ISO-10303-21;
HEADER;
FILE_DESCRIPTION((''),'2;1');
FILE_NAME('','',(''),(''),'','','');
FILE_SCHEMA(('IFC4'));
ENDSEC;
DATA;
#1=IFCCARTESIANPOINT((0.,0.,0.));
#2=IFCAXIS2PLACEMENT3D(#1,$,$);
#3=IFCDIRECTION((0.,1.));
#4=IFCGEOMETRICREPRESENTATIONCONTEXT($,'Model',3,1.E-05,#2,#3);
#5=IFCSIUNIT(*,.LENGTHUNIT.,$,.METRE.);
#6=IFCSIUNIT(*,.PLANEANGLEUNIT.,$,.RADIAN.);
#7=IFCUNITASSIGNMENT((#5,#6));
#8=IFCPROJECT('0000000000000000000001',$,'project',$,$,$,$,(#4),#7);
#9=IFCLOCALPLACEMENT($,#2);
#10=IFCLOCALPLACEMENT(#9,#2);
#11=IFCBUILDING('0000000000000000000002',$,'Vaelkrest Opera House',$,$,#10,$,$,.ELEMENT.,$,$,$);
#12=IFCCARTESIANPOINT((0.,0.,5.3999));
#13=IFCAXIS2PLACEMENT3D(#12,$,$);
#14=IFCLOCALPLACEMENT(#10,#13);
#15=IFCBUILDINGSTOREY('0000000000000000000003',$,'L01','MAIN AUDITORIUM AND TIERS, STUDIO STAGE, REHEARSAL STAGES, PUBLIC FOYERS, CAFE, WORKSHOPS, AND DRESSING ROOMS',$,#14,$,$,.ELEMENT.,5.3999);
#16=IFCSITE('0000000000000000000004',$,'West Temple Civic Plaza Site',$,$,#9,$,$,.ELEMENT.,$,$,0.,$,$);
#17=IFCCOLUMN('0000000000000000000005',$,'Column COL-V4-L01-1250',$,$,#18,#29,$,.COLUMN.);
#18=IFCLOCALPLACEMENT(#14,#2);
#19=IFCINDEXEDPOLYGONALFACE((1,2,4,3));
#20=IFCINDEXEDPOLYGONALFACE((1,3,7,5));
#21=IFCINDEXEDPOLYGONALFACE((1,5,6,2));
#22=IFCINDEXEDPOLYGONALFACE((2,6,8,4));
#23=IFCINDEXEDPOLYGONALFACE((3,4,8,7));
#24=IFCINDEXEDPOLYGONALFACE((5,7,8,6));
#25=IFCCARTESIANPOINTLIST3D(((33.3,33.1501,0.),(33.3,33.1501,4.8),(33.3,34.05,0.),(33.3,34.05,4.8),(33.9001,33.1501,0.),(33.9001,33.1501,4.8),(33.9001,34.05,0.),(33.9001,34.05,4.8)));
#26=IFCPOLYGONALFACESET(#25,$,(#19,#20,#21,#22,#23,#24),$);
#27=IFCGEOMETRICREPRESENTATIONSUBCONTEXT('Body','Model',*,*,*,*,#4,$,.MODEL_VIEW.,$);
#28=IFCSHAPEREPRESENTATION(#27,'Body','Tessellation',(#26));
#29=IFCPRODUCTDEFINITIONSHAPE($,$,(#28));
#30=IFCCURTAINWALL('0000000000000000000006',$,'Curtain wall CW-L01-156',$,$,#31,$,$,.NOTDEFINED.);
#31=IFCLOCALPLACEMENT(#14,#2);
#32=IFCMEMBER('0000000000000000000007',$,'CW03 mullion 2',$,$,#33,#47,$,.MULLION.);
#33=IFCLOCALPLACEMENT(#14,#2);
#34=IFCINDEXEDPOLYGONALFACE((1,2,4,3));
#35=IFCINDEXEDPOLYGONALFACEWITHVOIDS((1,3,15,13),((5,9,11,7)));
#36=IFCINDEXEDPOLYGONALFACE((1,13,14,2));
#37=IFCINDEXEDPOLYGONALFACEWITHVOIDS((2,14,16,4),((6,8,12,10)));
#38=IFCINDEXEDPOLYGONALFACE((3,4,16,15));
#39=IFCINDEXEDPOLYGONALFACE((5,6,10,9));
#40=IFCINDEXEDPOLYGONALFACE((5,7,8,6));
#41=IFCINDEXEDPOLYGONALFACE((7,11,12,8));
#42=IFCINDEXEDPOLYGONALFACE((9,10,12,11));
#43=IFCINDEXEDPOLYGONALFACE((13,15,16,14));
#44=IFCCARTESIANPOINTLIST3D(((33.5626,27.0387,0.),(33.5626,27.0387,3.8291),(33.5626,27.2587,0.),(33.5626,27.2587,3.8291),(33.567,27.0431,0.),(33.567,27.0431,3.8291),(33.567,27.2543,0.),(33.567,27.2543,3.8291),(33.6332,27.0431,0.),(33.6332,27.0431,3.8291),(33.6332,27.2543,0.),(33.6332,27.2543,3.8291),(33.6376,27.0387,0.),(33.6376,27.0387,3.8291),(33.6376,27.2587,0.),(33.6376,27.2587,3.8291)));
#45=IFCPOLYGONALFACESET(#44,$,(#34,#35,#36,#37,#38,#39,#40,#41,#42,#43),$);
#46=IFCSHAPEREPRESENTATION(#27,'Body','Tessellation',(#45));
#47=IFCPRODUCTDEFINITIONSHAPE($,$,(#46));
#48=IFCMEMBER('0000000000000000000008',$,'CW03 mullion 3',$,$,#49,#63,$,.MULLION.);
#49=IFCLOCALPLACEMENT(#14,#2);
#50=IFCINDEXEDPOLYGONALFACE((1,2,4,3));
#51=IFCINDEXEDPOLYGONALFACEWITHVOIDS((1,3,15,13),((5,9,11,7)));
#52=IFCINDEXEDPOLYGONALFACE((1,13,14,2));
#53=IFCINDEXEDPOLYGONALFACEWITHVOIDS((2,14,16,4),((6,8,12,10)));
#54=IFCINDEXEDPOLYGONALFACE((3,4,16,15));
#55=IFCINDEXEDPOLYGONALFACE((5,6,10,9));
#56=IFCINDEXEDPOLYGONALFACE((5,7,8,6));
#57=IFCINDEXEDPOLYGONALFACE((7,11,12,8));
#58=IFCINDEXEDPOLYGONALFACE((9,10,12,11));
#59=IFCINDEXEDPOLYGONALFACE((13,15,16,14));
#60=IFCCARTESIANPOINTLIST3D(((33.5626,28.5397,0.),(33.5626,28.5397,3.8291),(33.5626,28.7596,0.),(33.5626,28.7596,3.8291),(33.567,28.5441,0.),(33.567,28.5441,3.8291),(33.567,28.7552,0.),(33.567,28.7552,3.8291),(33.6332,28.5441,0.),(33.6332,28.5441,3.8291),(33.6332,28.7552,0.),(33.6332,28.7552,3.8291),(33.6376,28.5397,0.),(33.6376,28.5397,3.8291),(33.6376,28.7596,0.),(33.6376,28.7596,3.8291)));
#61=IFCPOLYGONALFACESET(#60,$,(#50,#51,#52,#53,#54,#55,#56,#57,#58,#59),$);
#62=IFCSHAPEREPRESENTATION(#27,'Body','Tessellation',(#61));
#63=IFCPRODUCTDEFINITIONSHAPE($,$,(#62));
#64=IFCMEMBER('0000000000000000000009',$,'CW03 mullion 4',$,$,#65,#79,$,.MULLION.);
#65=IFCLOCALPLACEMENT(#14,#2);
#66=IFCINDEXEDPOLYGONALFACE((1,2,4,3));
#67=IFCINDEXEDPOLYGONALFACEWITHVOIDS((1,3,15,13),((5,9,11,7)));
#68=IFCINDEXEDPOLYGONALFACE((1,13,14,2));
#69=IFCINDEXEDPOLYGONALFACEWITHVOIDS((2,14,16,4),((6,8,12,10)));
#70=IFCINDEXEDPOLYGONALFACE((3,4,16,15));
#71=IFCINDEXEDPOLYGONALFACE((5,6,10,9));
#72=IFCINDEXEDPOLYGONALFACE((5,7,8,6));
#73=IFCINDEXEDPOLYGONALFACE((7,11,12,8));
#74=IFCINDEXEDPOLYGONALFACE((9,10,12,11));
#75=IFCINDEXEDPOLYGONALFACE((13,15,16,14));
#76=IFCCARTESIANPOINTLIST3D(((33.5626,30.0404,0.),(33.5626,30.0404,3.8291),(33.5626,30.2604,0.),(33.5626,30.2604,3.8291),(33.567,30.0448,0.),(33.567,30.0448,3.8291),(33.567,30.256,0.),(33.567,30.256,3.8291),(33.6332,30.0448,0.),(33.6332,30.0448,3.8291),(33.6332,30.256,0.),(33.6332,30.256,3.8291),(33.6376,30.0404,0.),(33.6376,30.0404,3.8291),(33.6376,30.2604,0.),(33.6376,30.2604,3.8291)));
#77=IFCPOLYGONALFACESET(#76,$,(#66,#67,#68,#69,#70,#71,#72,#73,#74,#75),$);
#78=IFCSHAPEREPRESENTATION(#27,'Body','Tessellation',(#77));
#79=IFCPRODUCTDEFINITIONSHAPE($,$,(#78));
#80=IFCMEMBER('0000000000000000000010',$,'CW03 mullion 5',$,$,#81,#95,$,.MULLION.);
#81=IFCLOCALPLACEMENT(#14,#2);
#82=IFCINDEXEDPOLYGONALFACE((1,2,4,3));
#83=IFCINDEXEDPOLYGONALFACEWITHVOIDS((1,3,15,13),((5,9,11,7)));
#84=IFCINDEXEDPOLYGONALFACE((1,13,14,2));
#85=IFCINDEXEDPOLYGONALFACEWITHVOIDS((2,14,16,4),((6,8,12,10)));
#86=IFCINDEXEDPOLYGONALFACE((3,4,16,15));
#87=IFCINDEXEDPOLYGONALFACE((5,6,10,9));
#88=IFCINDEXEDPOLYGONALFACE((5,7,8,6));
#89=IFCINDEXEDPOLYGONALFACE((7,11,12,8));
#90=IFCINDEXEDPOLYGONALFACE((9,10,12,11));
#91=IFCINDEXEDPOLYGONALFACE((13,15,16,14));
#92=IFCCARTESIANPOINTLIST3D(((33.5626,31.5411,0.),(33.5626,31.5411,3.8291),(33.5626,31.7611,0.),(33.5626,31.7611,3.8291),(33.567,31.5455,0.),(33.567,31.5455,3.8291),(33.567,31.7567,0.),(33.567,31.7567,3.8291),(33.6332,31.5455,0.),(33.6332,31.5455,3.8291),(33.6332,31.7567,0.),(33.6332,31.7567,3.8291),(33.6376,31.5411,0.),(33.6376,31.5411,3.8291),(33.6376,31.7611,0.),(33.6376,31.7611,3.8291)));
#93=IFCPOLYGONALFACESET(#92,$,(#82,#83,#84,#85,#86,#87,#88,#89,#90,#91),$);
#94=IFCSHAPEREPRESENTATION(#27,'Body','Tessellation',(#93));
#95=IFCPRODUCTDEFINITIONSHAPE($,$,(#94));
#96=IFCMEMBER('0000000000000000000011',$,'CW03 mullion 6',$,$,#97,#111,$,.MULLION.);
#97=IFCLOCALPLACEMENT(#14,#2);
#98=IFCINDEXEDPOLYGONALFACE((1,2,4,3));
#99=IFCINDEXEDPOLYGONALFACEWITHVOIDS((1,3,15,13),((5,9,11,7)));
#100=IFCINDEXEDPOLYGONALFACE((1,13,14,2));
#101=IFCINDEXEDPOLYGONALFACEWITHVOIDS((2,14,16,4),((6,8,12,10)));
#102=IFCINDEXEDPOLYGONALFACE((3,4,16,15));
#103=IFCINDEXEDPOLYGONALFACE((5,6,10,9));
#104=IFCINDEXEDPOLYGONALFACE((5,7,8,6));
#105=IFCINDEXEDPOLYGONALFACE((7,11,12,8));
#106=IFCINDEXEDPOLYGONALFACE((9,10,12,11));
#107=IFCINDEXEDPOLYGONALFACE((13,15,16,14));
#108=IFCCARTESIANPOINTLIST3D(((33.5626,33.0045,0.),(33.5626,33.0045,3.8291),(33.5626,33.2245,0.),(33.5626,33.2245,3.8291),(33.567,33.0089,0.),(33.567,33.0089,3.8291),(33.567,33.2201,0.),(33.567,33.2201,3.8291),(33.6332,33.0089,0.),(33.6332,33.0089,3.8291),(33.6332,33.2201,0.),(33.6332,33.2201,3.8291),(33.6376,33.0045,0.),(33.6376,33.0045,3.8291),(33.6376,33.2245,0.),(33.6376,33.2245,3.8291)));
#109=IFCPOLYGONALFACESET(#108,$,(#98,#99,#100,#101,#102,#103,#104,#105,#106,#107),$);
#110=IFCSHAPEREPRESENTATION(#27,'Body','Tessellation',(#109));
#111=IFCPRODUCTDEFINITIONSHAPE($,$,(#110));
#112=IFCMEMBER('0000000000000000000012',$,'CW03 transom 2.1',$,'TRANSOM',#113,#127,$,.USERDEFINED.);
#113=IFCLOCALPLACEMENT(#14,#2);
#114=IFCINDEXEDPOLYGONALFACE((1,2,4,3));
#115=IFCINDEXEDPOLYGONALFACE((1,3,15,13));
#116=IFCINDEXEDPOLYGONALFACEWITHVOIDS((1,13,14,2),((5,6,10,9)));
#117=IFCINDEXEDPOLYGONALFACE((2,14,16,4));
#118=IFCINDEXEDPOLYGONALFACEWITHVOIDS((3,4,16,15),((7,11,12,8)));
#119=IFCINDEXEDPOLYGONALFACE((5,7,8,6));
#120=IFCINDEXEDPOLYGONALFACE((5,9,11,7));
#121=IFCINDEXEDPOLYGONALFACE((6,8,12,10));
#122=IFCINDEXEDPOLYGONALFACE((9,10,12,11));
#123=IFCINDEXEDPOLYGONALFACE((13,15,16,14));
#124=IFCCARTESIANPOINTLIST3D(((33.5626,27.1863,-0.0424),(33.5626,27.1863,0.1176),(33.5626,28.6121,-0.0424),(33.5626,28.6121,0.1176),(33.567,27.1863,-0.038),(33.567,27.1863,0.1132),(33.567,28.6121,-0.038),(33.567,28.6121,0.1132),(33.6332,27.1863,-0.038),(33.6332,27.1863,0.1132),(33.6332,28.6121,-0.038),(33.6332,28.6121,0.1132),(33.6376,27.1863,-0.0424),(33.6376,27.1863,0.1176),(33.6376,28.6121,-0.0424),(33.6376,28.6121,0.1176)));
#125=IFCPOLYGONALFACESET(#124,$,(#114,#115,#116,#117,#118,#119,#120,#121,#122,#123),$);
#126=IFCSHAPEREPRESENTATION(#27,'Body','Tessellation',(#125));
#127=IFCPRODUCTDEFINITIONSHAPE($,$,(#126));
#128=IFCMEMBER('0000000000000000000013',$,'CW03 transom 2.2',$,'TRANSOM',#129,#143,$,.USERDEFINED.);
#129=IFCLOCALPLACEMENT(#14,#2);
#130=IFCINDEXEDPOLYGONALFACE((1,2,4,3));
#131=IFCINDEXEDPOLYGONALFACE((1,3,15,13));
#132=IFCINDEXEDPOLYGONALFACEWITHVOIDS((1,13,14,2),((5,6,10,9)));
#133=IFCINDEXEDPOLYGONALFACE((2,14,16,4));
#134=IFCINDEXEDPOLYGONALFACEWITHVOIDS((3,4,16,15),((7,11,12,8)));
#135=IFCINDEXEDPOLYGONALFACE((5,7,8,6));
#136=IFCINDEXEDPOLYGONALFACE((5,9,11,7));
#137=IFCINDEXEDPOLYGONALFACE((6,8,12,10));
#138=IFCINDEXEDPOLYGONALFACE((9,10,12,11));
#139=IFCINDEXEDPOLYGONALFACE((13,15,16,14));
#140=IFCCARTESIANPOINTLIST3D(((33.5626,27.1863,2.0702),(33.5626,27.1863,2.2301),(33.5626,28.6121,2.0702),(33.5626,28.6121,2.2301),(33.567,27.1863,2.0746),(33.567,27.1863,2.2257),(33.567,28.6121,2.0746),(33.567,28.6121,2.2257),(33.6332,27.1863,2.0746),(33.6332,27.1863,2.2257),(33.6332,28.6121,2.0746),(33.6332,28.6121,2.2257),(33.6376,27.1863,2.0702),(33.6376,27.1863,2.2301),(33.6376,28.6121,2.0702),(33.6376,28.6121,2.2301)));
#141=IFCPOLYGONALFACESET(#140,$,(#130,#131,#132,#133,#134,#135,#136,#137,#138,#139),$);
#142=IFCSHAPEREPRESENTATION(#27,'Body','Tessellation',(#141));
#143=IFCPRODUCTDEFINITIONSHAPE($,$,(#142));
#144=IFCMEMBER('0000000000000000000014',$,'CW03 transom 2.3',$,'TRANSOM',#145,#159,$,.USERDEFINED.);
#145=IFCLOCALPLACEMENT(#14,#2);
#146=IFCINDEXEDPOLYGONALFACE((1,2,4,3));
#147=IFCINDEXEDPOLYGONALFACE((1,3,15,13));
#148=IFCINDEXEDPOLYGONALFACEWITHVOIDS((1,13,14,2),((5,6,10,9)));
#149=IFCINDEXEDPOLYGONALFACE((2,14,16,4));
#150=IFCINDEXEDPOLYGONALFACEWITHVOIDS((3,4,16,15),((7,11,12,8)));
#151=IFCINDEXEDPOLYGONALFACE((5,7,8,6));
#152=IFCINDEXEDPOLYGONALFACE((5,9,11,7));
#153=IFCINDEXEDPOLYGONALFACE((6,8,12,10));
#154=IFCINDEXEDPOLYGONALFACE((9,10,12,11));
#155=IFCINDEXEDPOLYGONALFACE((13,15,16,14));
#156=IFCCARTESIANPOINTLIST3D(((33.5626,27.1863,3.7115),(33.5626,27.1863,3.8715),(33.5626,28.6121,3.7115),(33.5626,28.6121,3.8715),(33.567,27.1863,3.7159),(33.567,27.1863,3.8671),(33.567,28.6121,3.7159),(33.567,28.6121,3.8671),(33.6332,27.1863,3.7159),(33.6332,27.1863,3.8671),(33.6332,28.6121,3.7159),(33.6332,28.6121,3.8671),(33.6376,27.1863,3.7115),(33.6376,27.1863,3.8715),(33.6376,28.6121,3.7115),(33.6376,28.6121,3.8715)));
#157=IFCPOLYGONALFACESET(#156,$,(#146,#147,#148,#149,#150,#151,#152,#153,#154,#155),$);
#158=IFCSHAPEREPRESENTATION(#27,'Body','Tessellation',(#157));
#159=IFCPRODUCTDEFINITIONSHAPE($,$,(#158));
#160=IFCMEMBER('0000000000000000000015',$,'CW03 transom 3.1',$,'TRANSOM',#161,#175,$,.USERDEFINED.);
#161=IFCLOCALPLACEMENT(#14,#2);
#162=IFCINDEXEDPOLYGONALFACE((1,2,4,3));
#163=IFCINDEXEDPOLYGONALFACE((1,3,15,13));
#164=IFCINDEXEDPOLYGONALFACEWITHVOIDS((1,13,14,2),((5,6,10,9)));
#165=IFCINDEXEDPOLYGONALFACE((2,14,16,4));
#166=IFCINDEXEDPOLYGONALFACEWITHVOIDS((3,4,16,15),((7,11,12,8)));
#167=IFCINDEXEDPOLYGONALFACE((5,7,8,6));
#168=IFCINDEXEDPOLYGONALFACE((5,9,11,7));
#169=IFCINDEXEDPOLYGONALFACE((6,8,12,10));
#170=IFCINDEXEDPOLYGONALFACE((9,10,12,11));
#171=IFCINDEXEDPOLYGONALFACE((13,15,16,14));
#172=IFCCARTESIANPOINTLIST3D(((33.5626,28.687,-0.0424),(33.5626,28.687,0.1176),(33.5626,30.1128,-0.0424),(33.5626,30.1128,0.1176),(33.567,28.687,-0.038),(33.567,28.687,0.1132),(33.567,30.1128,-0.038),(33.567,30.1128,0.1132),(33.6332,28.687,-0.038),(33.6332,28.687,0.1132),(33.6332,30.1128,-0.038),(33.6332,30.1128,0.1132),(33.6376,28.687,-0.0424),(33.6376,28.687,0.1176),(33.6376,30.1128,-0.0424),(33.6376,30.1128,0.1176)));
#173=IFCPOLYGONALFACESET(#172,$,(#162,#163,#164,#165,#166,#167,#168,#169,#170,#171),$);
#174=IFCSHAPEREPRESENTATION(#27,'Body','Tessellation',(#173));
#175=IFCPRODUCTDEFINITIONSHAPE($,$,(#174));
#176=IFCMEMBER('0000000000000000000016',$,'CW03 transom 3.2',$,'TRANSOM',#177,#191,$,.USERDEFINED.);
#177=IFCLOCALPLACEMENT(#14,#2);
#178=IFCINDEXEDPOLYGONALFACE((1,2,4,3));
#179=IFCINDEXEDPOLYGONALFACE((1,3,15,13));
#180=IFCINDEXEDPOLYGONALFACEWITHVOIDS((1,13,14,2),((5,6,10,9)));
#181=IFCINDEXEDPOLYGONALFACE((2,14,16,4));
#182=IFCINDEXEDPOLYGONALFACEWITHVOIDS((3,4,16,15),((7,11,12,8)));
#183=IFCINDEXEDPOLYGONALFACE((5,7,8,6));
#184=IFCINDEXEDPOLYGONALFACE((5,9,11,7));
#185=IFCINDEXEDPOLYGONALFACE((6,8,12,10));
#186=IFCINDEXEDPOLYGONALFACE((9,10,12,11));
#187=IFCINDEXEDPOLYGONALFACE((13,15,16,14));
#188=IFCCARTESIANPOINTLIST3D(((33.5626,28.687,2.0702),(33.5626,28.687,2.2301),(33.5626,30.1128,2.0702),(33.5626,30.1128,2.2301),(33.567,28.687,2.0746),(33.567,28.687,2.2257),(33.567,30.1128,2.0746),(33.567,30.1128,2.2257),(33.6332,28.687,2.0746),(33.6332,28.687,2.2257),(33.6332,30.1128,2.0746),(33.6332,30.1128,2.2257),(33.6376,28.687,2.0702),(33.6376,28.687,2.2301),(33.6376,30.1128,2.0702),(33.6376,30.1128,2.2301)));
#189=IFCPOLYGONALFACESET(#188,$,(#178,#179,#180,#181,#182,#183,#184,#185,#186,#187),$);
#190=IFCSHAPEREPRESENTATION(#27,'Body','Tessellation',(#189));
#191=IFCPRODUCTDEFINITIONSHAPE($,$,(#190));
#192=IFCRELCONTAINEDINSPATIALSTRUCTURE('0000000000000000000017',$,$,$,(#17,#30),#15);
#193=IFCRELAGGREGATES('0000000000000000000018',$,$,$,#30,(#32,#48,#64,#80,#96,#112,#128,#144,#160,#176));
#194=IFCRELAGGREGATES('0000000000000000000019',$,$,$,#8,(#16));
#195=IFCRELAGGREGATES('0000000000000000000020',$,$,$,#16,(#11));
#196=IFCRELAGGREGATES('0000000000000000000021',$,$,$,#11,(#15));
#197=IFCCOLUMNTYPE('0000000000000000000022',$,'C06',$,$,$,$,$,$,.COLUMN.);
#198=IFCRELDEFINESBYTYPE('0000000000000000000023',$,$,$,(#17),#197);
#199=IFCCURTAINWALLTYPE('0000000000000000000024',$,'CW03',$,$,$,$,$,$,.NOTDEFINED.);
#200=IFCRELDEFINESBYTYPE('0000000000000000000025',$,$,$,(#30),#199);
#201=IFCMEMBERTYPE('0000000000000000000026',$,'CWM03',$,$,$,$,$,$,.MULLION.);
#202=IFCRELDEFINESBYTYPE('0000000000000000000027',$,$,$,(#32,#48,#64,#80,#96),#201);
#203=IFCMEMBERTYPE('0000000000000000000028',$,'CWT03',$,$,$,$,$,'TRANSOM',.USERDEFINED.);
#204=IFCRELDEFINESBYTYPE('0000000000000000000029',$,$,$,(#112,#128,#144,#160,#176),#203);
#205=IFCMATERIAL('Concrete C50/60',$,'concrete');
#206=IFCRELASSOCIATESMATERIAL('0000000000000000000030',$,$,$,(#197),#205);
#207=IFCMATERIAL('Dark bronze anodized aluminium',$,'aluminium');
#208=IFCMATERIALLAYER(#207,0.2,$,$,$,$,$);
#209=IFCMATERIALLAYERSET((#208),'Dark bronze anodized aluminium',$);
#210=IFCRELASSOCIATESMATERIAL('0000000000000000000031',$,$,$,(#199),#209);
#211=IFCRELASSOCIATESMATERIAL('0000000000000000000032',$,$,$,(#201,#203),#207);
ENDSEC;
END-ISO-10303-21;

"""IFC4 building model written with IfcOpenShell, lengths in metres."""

from ifc_helpers import new_model, si_unit, direction, frame, origin, origin_2d, place, context, subcontext, project, spatial, rectangle, hollow_rectangle, extrude, material, layer, layer_set, material_profile, profile_set, type_object, element, aggregate, save


model = new_model("IFC4")

# Units and contexts
model_context = context("Model", 3, precision=1e-05, world=origin(), true_north=direction((0.0, 1.0)))
body_context = subcontext(model_context, "Body", "Model", "MODEL_VIEW")
ifc_project = project(units=[si_unit("LENGTHUNIT", "METRE"), si_unit("PLANEANGLEUNIT", "RADIAN")], contexts=[model_context])

# Site, building, storey
site_placement = place(None, origin())
site = spatial("IfcSite", under=ifc_project, at=site_placement, Name="West Temple Civic Plaza Site", CompositionType="ELEMENT", RefElevation=0.0)
building_placement = place(site_placement, origin())
building = spatial("IfcBuilding", under=site, at=building_placement, Name="Vaelkrest Opera House", CompositionType="ELEMENT")
storey_placement = place(building_placement, frame((0.0, 0.0, 5.3999)))
storey = spatial("IfcBuildingStorey", under=building, at=storey_placement, Name="L01", Description="MAIN AUDITORIUM AND TIERS, STUDIO STAGE, REHEARSAL STAGES, PUBLIC FOYERS, CAFE, WORKSHOPS, AND DRESSING ROOMS", CompositionType="ELEMENT", Elevation=5.3999)

# Column
ifc_material_1 = material(Name="Concrete C50/60", Category="concrete")
ifc_material_profile_1 = material_profile(ifc_material_1, rectangle(XDim=0.6001, YDim=0.8999, at=origin_2d()), Name="RC600X900")
ifc_profile_set_1 = profile_set([ifc_material_profile_1], Name="Concrete C50/60")
column_type = type_object("IfcColumnType", Name="C06", PredefinedType="COLUMN", material=ifc_profile_set_1)
column_placement = place(storey_placement, frame((33.6001, 33.6001, 0.0), z_axis=(0.0, 0.0, 1.0), x_axis=(1.0, 0.0, 0.0)))
element("IfcColumn", 1, at=column_placement, inside=storey, type_object=column_type, Name="Column COL-V4-L01-1250", PredefinedType="COLUMN", context=body_context, shape_type="SweptSolid", body=[
    extrude(rectangle(XDim=0.6001, YDim=0.8999, at=origin_2d()), origin(), (0.0, 0.0, 1.0), 4.8),
])

# Curtain wall, members
ifc_material_2 = material(Name="Dark bronze anodized aluminium", Category="aluminium")
ifc_layer_1 = layer(ifc_material_2, 0.2)
ifc_layer_set_1 = layer_set([ifc_layer_1], Name="Dark bronze anodized aluminium")
curtain_wall_type = type_object("IfcCurtainWallType", Name="CW03", PredefinedType="NOTDEFINED", material=ifc_layer_set_1)
curtain_wall_placement = place(storey_placement, origin())
curtain_wall = element("IfcCurtainWall", 2, at=curtain_wall_placement, inside=storey, type_object=curtain_wall_type, Name="Curtain wall CW-L01-156", PredefinedType="NOTDEFINED")
ifc_material_profile_2 = material_profile(ifc_material_2, hollow_rectangle(XDim=0.075, YDim=0.22, WallThickness=0.0044, at=origin_2d()), Name="CWM75X220")
ifc_profile_set_2 = profile_set([ifc_material_profile_2], Name="Dark bronze anodized aluminium")
member_type_1 = type_object("IfcMemberType", Name="CWM03", PredefinedType="MULLION", material=ifc_profile_set_2)
member_1_placement = place(storey_placement, frame((33.6001, 27.1487, 0.0), z_axis=(0.0, 0.0, 1.0), x_axis=(-1.0, 0.0, 0.0)))
member_1 = element("IfcMember", 3, at=member_1_placement, type_object=member_type_1, Name="CW03 mullion 2", PredefinedType="MULLION", context=body_context, shape_type="SweptSolid", body=[
    extrude(hollow_rectangle(XDim=0.075, YDim=0.22, WallThickness=0.0044, at=origin_2d()), origin(), (0.0, 0.0, 1.0), 3.8291),
])
member_2_placement = place(storey_placement, frame((33.6001, 28.6497, 0.0), z_axis=(0.0, 0.0, 1.0), x_axis=(-1.0, 0.0, 0.0)))
member_2 = element("IfcMember", 4, at=member_2_placement, type_object=member_type_1, Name="CW03 mullion 3", PredefinedType="MULLION", context=body_context, shape_type="SweptSolid", body=[
    extrude(hollow_rectangle(XDim=0.075, YDim=0.22, WallThickness=0.0044, at=origin_2d()), origin(), (0.0, 0.0, 1.0), 3.8291),
])
member_3_placement = place(storey_placement, frame((33.6001, 30.1504, 0.0), z_axis=(0.0, 0.0, 1.0), x_axis=(-1.0, 0.0, 0.0)))
member_3 = element("IfcMember", 5, at=member_3_placement, type_object=member_type_1, Name="CW03 mullion 4", PredefinedType="MULLION", context=body_context, shape_type="SweptSolid", body=[
    extrude(hollow_rectangle(XDim=0.075, YDim=0.22, WallThickness=0.0044, at=origin_2d()), origin(), (0.0, 0.0, 1.0), 3.8291),
])
member_4_placement = place(storey_placement, frame((33.6001, 31.6511, 0.0), z_axis=(0.0, 0.0, 1.0), x_axis=(-1.0, 0.0, 0.0)))
member_4 = element("IfcMember", 6, at=member_4_placement, type_object=member_type_1, Name="CW03 mullion 5", PredefinedType="MULLION", context=body_context, shape_type="SweptSolid", body=[
    extrude(hollow_rectangle(XDim=0.075, YDim=0.22, WallThickness=0.0044, at=origin_2d()), origin(), (0.0, 0.0, 1.0), 3.8291),
])
member_5_placement = place(storey_placement, frame((33.6001, 33.1145, 0.0), z_axis=(0.0, 0.0, 1.0), x_axis=(-1.0, 0.0, 0.0)))
member_5 = element("IfcMember", 7, at=member_5_placement, type_object=member_type_1, Name="CW03 mullion 6", PredefinedType="MULLION", context=body_context, shape_type="SweptSolid", body=[
    extrude(hollow_rectangle(XDim=0.075, YDim=0.22, WallThickness=0.0044, at=origin_2d()), origin(), (0.0, 0.0, 1.0), 3.8291),
])
ifc_material_profile_3 = material_profile(ifc_material_2, hollow_rectangle(XDim=0.075, YDim=0.1599, WallThickness=0.0044, at=origin_2d()), Name="CWT75X160")
ifc_profile_set_3 = profile_set([ifc_material_profile_3], Name="Dark bronze anodized aluminium")
member_type_2 = type_object("IfcMemberType", Name="CWT03", ElementType="TRANSOM", PredefinedType="USERDEFINED", material=ifc_profile_set_3)
member_6_placement = place(storey_placement, frame((33.6001, 27.1863, 0.0376), z_axis=(0.0, 1.0, 0.0), x_axis=(-1.0, 0.0, 0.0)))
member_6 = element("IfcMember", 8, at=member_6_placement, type_object=member_type_2, Name="CW03 transom 2.1", ObjectType="TRANSOM", PredefinedType="USERDEFINED", context=body_context, shape_type="SweptSolid", body=[
    extrude(hollow_rectangle(XDim=0.075, YDim=0.1599, WallThickness=0.0044, at=origin_2d()), origin(), (0.0, 0.0, 1.0), 1.4258),
])
member_7_placement = place(storey_placement, frame((33.6001, 27.1863, 2.1501), z_axis=(0.0, 1.0, 0.0), x_axis=(-1.0, 0.0, 0.0)))
member_7 = element("IfcMember", 9, at=member_7_placement, type_object=member_type_2, Name="CW03 transom 2.2", ObjectType="TRANSOM", PredefinedType="USERDEFINED", context=body_context, shape_type="SweptSolid", body=[
    extrude(hollow_rectangle(XDim=0.075, YDim=0.1599, WallThickness=0.0044, at=origin_2d()), origin(), (0.0, 0.0, 1.0), 1.4258),
])
member_8_placement = place(storey_placement, frame((33.6001, 27.1863, 3.7915), z_axis=(0.0, 1.0, 0.0), x_axis=(-1.0, 0.0, 0.0)))
member_8 = element("IfcMember", 10, at=member_8_placement, type_object=member_type_2, Name="CW03 transom 2.3", ObjectType="TRANSOM", PredefinedType="USERDEFINED", context=body_context, shape_type="SweptSolid", body=[
    extrude(hollow_rectangle(XDim=0.075, YDim=0.1599, WallThickness=0.0044, at=origin_2d()), origin(), (0.0, 0.0, 1.0), 1.4258),
])
member_9_placement = place(storey_placement, frame((33.6001, 28.687, 0.0376), z_axis=(0.0, 1.0, 0.0), x_axis=(-1.0, 0.0, 0.0)))
member_9 = element("IfcMember", 11, at=member_9_placement, type_object=member_type_2, Name="CW03 transom 3.1", ObjectType="TRANSOM", PredefinedType="USERDEFINED", context=body_context, shape_type="SweptSolid", body=[
    extrude(hollow_rectangle(XDim=0.075, YDim=0.1599, WallThickness=0.0044, at=origin_2d()), origin(), (0.0, 0.0, 1.0), 1.4258),
])
member_10_placement = place(storey_placement, frame((33.6001, 28.687, 2.1501), z_axis=(0.0, 1.0, 0.0), x_axis=(-1.0, 0.0, 0.0)))
member_10 = element("IfcMember", 12, at=member_10_placement, type_object=member_type_2, Name="CW03 transom 3.2", ObjectType="TRANSOM", PredefinedType="USERDEFINED", context=body_context, shape_type="SweptSolid", body=[
    extrude(hollow_rectangle(XDim=0.075, YDim=0.1599, WallThickness=0.0044, at=origin_2d()), origin(), (0.0, 0.0, 1.0), 1.4258),
])

aggregate(curtain_wall, [member_1, member_2, member_3, member_4, member_5, member_6, member_7, member_8, member_9, member_10])

save(model, "model.ifc")
